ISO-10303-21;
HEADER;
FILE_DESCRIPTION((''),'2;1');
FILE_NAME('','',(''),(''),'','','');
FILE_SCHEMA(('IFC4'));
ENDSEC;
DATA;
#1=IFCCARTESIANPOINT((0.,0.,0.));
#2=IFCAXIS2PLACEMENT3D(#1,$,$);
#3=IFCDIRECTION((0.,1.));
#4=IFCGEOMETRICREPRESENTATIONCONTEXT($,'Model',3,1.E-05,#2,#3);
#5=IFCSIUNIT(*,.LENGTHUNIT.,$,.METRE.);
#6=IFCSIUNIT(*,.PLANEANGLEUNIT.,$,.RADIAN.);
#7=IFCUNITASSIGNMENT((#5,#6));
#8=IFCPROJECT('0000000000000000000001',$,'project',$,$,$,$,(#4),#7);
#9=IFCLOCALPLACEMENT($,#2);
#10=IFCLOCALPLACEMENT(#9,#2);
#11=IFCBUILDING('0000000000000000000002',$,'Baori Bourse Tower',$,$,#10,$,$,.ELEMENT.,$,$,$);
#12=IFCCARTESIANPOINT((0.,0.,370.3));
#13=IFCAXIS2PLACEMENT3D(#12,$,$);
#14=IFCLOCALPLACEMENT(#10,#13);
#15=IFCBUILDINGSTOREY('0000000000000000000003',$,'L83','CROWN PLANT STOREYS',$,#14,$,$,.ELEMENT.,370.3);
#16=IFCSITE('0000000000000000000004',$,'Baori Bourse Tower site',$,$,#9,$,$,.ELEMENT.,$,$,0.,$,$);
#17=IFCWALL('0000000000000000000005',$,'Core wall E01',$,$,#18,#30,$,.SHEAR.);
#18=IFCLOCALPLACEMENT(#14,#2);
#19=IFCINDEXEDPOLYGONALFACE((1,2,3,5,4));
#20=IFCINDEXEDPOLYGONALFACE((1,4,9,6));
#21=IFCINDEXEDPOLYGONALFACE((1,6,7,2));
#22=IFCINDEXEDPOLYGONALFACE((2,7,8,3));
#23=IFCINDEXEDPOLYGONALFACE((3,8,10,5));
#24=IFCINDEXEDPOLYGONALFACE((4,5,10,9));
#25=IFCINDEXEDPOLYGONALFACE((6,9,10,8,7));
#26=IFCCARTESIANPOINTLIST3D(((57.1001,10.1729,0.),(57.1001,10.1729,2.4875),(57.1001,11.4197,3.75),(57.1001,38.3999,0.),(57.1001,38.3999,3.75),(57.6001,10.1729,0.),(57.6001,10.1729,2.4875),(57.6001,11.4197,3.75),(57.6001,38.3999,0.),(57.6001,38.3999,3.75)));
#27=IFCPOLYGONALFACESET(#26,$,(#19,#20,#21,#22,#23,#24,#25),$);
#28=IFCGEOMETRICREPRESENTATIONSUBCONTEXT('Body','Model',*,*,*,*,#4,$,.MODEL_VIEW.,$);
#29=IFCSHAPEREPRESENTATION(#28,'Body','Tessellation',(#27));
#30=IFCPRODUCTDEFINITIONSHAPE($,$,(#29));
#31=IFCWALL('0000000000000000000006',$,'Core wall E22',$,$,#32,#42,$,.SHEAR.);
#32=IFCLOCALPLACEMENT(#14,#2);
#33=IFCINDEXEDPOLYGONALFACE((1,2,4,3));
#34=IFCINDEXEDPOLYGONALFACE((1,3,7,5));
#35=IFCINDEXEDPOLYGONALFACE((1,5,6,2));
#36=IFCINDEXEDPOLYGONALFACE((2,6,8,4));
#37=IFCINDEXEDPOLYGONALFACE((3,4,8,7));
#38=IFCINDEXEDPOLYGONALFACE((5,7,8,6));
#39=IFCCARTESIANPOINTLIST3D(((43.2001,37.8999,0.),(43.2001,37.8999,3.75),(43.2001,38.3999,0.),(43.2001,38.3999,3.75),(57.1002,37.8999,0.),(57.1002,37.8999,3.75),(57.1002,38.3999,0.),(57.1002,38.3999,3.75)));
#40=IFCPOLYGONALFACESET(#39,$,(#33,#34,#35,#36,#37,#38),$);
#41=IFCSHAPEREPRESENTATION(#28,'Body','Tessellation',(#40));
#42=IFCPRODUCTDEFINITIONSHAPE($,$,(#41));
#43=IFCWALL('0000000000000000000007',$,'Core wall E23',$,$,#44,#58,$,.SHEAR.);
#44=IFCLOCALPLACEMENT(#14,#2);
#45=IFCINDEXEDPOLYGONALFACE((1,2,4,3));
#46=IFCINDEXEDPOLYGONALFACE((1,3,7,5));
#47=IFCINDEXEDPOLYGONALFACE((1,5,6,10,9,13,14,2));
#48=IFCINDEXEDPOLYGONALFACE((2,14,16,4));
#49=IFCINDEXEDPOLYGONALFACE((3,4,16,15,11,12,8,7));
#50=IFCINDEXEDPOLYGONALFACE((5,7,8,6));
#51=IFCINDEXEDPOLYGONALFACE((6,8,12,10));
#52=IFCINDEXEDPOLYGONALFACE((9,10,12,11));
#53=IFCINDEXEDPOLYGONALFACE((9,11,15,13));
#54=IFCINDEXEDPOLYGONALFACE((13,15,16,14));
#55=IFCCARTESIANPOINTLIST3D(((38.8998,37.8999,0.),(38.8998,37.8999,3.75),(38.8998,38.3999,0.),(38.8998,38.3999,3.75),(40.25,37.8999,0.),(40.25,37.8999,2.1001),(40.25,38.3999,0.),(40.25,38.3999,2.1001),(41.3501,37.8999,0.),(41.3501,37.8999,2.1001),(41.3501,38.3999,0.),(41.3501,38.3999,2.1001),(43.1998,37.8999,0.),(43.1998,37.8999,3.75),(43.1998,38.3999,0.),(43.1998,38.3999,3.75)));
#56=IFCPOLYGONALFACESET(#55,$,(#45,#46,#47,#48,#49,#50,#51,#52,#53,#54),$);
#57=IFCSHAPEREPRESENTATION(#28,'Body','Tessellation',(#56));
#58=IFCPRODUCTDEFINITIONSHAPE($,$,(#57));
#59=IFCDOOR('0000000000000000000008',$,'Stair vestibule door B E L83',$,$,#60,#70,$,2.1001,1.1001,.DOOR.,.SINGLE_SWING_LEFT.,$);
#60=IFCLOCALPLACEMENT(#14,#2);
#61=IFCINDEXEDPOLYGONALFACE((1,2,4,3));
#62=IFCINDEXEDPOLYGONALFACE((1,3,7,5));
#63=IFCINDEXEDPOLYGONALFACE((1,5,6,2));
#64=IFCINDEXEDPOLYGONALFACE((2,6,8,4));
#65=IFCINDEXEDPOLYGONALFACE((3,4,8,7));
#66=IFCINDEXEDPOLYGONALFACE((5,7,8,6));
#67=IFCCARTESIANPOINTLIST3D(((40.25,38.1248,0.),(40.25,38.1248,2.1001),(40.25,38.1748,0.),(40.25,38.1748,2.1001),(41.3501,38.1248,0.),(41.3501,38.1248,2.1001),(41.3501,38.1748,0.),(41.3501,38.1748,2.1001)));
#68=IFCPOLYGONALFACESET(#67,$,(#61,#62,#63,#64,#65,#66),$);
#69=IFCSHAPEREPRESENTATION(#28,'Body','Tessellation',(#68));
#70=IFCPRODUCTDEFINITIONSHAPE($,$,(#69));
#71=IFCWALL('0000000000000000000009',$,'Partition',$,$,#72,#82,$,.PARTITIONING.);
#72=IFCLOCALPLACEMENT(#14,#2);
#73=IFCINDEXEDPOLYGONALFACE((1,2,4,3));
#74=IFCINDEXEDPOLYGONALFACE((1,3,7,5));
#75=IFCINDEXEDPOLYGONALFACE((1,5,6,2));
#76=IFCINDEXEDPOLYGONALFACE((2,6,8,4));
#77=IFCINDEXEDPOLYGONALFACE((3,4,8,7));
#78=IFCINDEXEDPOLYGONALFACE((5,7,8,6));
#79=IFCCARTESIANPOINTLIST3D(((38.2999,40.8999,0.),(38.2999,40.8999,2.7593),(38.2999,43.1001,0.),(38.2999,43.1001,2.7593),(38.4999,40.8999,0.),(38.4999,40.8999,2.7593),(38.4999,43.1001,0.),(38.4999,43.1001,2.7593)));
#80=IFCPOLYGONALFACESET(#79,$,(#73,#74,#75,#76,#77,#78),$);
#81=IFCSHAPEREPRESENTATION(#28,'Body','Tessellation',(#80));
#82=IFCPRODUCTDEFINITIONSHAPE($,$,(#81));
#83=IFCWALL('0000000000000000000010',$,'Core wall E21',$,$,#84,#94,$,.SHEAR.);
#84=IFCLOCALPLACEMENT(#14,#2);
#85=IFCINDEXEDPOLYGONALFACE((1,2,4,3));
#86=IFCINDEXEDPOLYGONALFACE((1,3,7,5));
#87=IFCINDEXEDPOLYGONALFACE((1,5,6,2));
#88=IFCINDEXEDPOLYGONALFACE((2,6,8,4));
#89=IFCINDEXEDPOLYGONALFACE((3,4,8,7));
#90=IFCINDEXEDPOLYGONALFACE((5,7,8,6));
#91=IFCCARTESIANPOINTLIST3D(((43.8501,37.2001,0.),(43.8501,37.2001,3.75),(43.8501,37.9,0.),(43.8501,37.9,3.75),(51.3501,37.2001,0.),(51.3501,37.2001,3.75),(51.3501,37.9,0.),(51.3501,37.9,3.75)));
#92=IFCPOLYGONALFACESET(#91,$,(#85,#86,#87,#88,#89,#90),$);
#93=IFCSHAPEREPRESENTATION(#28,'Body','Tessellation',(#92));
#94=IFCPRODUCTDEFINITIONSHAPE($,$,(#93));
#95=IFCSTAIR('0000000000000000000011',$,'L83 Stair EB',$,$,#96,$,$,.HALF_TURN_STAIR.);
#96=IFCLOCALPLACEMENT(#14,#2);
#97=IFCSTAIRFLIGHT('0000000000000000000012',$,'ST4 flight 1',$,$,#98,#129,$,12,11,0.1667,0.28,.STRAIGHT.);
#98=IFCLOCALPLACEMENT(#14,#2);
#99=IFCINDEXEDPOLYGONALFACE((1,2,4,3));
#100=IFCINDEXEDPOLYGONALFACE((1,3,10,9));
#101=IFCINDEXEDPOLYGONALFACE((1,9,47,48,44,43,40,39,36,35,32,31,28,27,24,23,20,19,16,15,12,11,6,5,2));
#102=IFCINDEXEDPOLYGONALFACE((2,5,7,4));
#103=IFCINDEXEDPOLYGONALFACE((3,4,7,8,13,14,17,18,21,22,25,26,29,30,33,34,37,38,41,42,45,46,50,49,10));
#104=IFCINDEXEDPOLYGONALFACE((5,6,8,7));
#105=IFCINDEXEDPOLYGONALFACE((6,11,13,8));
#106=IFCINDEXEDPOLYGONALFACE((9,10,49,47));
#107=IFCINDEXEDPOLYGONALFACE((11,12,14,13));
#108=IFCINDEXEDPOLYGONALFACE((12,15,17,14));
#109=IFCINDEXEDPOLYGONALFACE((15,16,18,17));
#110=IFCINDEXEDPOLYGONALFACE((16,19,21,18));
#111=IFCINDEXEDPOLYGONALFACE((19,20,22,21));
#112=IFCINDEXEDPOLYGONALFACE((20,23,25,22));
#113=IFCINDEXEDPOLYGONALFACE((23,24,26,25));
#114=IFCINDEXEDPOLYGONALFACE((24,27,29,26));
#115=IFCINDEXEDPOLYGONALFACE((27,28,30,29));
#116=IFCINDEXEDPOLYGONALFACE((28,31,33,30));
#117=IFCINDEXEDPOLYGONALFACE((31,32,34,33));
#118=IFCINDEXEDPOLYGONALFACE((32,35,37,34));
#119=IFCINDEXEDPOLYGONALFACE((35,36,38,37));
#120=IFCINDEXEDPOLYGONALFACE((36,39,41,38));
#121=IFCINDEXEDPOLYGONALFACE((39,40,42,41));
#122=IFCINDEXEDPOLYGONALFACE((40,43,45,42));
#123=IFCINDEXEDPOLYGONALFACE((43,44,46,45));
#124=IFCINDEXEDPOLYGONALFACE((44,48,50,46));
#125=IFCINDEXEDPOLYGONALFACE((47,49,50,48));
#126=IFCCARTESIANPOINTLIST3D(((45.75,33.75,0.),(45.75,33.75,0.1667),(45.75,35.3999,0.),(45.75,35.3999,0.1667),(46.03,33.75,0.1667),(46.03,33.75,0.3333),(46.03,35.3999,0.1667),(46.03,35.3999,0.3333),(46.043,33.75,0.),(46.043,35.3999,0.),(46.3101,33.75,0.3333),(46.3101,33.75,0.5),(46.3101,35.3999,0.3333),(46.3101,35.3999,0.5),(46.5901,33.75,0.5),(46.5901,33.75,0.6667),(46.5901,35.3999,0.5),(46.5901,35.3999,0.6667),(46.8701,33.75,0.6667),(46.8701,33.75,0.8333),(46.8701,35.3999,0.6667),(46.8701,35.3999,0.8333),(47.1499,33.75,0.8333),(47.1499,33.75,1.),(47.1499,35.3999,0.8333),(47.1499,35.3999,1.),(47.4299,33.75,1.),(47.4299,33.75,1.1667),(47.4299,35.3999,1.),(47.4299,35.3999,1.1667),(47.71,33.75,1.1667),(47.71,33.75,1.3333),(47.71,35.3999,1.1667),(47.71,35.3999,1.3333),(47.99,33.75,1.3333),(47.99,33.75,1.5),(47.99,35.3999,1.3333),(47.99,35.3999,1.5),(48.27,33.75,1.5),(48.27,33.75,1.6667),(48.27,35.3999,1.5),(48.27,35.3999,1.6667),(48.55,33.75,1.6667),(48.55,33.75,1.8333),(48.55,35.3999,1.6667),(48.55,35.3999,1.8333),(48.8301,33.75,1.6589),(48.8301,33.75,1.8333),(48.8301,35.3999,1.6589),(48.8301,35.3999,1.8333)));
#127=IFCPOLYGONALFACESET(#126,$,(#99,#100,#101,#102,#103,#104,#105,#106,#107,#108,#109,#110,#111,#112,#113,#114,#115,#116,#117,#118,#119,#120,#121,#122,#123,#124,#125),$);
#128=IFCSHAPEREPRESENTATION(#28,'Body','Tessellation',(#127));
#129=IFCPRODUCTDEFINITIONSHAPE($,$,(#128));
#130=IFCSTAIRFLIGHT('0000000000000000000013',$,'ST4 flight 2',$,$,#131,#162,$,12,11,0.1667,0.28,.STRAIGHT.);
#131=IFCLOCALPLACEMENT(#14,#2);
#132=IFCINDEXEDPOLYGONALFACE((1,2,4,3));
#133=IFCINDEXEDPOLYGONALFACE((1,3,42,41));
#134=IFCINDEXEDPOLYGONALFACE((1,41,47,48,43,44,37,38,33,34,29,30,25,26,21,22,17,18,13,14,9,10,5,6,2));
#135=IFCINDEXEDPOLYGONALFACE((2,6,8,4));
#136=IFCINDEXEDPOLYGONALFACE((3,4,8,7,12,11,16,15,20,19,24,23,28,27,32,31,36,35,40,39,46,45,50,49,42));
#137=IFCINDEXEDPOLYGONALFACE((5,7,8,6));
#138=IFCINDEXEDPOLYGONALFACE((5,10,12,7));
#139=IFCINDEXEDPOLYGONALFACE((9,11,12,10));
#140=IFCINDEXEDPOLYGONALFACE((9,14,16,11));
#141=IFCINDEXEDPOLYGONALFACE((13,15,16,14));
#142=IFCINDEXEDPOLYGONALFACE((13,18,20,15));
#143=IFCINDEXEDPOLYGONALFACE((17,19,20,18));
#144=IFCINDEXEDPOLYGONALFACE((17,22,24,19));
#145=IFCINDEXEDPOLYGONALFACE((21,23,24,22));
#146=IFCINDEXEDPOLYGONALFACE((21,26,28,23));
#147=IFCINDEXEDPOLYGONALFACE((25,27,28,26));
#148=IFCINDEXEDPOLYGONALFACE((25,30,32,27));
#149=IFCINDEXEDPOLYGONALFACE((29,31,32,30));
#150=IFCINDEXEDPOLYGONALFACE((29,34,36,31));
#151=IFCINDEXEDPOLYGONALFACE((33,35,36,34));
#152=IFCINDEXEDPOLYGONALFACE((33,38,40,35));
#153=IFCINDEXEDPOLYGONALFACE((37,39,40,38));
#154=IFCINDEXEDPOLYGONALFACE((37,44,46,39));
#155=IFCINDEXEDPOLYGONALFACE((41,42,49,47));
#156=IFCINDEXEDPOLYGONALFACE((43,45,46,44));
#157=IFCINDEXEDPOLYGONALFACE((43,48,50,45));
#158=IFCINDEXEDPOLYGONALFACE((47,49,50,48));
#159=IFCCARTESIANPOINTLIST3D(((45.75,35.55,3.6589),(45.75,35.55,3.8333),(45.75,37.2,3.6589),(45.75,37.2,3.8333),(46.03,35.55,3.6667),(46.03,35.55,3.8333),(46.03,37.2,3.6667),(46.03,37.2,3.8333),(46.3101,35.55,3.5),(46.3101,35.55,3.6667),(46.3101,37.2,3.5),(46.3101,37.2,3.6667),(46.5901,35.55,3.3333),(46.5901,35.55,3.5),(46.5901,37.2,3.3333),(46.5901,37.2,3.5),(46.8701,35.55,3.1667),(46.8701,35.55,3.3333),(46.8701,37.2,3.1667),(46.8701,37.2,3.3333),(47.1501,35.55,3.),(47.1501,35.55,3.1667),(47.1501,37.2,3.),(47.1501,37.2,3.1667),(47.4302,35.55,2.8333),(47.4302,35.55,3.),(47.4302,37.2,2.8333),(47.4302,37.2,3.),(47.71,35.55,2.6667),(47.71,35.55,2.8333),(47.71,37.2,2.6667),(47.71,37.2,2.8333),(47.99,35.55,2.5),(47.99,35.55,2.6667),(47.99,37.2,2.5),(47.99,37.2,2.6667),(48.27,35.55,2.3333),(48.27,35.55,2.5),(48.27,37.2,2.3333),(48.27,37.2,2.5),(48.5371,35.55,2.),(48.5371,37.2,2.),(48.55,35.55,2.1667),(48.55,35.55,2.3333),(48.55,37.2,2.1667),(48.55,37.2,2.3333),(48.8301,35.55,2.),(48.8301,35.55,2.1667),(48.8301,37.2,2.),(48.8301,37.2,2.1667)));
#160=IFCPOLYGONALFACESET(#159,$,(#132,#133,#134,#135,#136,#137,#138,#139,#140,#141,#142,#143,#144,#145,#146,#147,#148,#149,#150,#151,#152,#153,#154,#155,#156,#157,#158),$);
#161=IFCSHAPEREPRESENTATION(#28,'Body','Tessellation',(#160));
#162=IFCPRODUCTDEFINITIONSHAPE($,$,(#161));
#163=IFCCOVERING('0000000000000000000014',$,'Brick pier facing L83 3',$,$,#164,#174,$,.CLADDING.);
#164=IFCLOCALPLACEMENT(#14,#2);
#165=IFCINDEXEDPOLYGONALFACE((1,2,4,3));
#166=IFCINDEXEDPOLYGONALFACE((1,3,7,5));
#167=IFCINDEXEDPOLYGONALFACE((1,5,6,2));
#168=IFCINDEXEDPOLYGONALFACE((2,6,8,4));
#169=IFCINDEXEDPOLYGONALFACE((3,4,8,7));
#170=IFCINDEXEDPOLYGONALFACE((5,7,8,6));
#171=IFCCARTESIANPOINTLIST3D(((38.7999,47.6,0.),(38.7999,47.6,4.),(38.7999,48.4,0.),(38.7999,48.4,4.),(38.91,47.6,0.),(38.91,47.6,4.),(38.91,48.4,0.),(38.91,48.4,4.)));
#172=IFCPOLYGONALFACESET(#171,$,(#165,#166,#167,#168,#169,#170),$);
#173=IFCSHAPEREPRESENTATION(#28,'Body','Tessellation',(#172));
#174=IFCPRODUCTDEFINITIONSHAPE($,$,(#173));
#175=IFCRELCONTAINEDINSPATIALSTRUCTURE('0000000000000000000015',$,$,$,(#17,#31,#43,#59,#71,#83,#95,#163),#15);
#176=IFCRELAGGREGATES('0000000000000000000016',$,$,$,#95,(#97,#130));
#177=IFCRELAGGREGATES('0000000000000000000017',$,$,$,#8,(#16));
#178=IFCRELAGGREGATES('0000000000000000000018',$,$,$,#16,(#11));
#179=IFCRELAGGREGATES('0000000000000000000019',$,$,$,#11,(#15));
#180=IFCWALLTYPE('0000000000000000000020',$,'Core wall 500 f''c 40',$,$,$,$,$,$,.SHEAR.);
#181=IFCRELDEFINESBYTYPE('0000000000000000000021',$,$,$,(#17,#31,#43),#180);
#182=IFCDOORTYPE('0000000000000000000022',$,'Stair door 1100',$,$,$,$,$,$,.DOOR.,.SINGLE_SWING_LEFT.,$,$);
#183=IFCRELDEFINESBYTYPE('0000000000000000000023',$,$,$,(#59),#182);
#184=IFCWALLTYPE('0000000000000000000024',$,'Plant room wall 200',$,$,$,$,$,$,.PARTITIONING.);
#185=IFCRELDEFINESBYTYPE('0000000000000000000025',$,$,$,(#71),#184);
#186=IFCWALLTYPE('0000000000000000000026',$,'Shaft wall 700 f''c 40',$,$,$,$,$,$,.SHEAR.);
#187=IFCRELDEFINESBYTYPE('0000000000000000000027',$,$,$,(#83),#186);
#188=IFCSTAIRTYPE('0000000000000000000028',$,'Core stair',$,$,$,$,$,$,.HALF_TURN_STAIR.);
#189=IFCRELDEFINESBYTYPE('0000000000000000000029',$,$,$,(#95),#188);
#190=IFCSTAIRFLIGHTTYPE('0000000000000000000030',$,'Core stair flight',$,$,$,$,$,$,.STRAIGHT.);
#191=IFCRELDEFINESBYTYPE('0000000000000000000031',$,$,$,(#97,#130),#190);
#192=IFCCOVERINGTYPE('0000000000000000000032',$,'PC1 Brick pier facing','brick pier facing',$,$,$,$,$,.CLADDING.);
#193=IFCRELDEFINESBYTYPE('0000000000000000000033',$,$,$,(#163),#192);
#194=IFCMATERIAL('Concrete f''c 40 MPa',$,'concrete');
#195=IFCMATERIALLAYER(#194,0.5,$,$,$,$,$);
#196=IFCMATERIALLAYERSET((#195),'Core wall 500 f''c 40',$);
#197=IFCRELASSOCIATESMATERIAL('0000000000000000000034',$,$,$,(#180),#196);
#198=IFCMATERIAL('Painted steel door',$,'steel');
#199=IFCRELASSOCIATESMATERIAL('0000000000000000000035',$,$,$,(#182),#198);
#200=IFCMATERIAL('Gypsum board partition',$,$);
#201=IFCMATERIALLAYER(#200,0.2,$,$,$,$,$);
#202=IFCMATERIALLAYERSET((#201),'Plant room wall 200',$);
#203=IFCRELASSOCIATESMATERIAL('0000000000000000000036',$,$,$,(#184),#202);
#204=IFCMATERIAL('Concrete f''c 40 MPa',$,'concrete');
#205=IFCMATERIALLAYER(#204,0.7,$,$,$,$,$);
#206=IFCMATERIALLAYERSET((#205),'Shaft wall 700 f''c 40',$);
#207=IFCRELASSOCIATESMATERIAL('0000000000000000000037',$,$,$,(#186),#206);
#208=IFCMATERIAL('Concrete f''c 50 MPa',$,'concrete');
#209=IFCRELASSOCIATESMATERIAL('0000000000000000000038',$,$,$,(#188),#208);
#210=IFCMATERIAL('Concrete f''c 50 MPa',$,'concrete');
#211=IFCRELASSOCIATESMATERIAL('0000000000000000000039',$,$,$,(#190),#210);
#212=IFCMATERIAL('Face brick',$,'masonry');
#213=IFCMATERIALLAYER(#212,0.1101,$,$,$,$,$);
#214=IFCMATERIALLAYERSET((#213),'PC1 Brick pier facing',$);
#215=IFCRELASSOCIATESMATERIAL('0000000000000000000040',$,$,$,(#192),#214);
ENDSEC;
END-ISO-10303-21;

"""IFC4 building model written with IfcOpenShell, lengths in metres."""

from ifc_helpers import new_model, si_unit, direction, frame, frame_2d, origin, origin_2d, place, context, subcontext, project, spatial, polyline, rectangle, outline, extrude, material, layer, layer_set, type_object, element, fill, aggregate, save


model = new_model("IFC4")

# Units and contexts
model_context = context("Model", 3, precision=1e-05, world=origin(), true_north=direction((0.0, 1.0)))
body_context = subcontext(model_context, "Body", "Model", "MODEL_VIEW")
ifc_project = project(units=[si_unit("LENGTHUNIT", "METRE"), si_unit("PLANEANGLEUNIT", "RADIAN")], contexts=[model_context])

# Site, building, storey
site_placement = place(None, origin())
site = spatial("IfcSite", under=ifc_project, at=site_placement, Name="Baori Bourse Tower site", CompositionType="ELEMENT", RefElevation=0.0)
building_placement = place(site_placement, origin())
building = spatial("IfcBuilding", under=site, at=building_placement, Name="Baori Bourse Tower", CompositionType="ELEMENT")
storey_placement = place(building_placement, frame((0.0, 0.0, 370.3)))
storey = spatial("IfcBuildingStorey", under=building, at=storey_placement, Name="L83", Description="CROWN PLANT STOREYS", CompositionType="ELEMENT", Elevation=370.3)

# Walls
ifc_material_1 = material(Name="Concrete f'c 40 MPa", Category="concrete")
ifc_layer_1 = layer(ifc_material_1, 0.5)
ifc_layer_set_1 = layer_set([ifc_layer_1], Name="Core wall 500 f'c 40")
wall_type_1 = type_object("IfcWallType", Name="Core wall 500 f'c 40", PredefinedType="SHEAR", material=ifc_layer_set_1)
wall_1_placement = place(storey_placement, frame((57.3501, 38.3999, 0.0), z_axis=(0.0, 0.0, 1.0), x_axis=(0.0, -1.0, 0.0)))
element("IfcWall", 1, at=wall_1_placement, inside=storey, type_object=wall_type_1, Name="Core wall E01", PredefinedType="SHEAR", context=body_context, shape_type="SweptSolid", body=[
    extrude(outline(polyline([(0.0, 0.0), (28.2271, 0.0), (28.2271, 2.4875), (26.9802, 3.75), (0.0, 3.75), (0.0, 0.0)])), frame((0.0, 0.25, 0.0), z_axis=(0.0, -1.0, 0.0), x_axis=(1.0, 0.0, 0.0)), (0.0, 0.0, 1.0), 0.5),
])
wall_2_placement = place(storey_placement, frame((43.2, 38.1499, 0.0), z_axis=(0.0, 0.0, 1.0), x_axis=(1.0, 0.0, 0.0)))
element("IfcWall", 2, at=wall_2_placement, inside=storey, type_object=wall_type_1, Name="Core wall E22", PredefinedType="SHEAR", context=body_context, shape_type="SweptSolid", body=[
    extrude(rectangle(XDim=13.9001, YDim=0.5, at=frame_2d((6.9502, 0.0))), origin(), (0.0, 0.0, 1.0), 3.75),
])

# Wall, opening, door
wall_3_placement = place(storey_placement, frame((38.8999, 38.1499, 0.0), z_axis=(0.0, 0.0, 1.0), x_axis=(1.0, 0.0, 0.0)))
wall_3 = element("IfcWall", 3, at=wall_3_placement, inside=storey, type_object=wall_type_1, Name="Core wall E23", PredefinedType="SHEAR", context=body_context, shape_type="SweptSolid", body=[
    extrude(rectangle(XDim=4.3, YDim=0.5, at=frame_2d((2.1499, 0.0))), origin(), (0.0, 0.0, 1.0), 3.75),
])
opening_placement = place(wall_3_placement, frame((1.3501, 0.0, 0.0)))
opening = element("IfcOpeningElement", 4, at=opening_placement, cuts=wall_3, PredefinedType="OPENING", context=body_context, shape_type="SweptSolid", body=[
    extrude(rectangle(XDim=1.1001, YDim=2.1001, at=frame_2d((0.55, 1.05))), frame((0.0, 0.26, 0.0), z_axis=(0.0, -1.0, 0.0), x_axis=(1.0, 0.0, 0.0)), (0.0, 0.0, 1.0), 0.52),
])
ifc_material_2 = material(Name="Painted steel door", Category="steel")
door_type = type_object("IfcDoorType", Name="Stair door 1100", OperationType="SINGLE_SWING_LEFT", PredefinedType="DOOR", material=ifc_material_2)
door_placement = place(opening_placement, origin())
door = element("IfcDoor", 5, at=door_placement, inside=storey, type_object=door_type, Name="Stair vestibule door B E L83", OperationType="SINGLE_SWING_LEFT", OverallHeight=2.1001, OverallWidth=1.1001, PredefinedType="DOOR", context=body_context, shape_type="SweptSolid", body=[
    extrude(rectangle(XDim=1.1001, YDim=2.1001, at=frame_2d((0.55, 1.05))), frame((0.0, 0.0249, 0.0), z_axis=(0.0, -1.0, 0.0), x_axis=(1.0, 0.0, 0.0)), (0.0, 0.0, 1.0), 0.05),
])
fill(opening, door)

# Walls
ifc_material_3 = material(Name="Gypsum board partition")
ifc_layer_2 = layer(ifc_material_3, 0.2)
ifc_layer_set_2 = layer_set([ifc_layer_2], Name="Plant room wall 200")
wall_type_2 = type_object("IfcWallType", Name="Plant room wall 200", PredefinedType="PARTITIONING", material=ifc_layer_set_2)
wall_4_placement = place(storey_placement, frame((38.3999, 40.8999, 0.0), z_axis=(0.0, 0.0, 1.0), x_axis=(0.0, 1.0, 0.0)))
element("IfcWall", 6, at=wall_4_placement, inside=storey, type_object=wall_type_2, Name="Partition", PredefinedType="PARTITIONING", context=body_context, shape_type="SweptSolid", body=[
    extrude(rectangle(XDim=2.2002, YDim=0.2, at=frame_2d((1.1001, 0.0))), origin(), (0.0, 0.0, 1.0), 2.7593),
])
ifc_material_4 = material(Name="Concrete f'c 40 MPa", Category="concrete")
ifc_layer_3 = layer(ifc_material_4, 0.7)
ifc_layer_set_3 = layer_set([ifc_layer_3], Name="Shaft wall 700 f'c 40")
wall_type_3 = type_object("IfcWallType", Name="Shaft wall 700 f'c 40", PredefinedType="SHEAR", material=ifc_layer_set_3)
wall_5_placement = place(storey_placement, frame((43.8501, 37.55, 0.0), z_axis=(0.0, 0.0, 1.0), x_axis=(1.0, 0.0, 0.0)))
element("IfcWall", 7, at=wall_5_placement, inside=storey, type_object=wall_type_3, Name="Core wall E21", PredefinedType="SHEAR", context=body_context, shape_type="SweptSolid", body=[
    extrude(rectangle(XDim=7.5, YDim=0.7, at=frame_2d((3.75, 0.0))), origin(), (0.0, 0.0, 1.0), 3.75),
])

# Stair, stair flights
ifc_material_5 = material(Name="Concrete f'c 50 MPa", Category="concrete")
stair_type = type_object("IfcStairType", Name="Core stair", PredefinedType="HALF_TURN_STAIR", material=ifc_material_5)
stair_placement = place(storey_placement, origin())
stair = element("IfcStair", 8, at=stair_placement, inside=storey, type_object=stair_type, Name="L83 Stair EB", PredefinedType="HALF_TURN_STAIR")
ifc_material_6 = material(Name="Concrete f'c 50 MPa", Category="concrete")
stair_flight_type = type_object("IfcStairFlightType", Name="Core stair flight", PredefinedType="STRAIGHT", material=ifc_material_6)
stair_flight_1_placement = place(storey_placement, frame((45.75, 34.575, 0.0), z_axis=(0.0, 0.0, 1.0), x_axis=(1.0, 0.0, 0.0)))
stair_flight_1 = element("IfcStairFlight", 9, at=stair_flight_1_placement, type_object=stair_flight_type, Name="ST4 flight 1", NumberOfRisers=12, NumberOfTreads=11, PredefinedType="STRAIGHT", RiserHeight=0.1667, TreadLength=0.28, context=body_context, shape_type="SweptSolid", body=[
    extrude(outline(polyline([(0.0, 0.0), (0.0, 0.1667), (0.28, 0.1667), (0.28, 0.3333), (0.5601, 0.3333), (0.5601, 0.5), (0.8401, 0.5), (0.8401, 0.6667), (1.1201, 0.6667), (1.1201, 0.8333), (1.3999, 0.8333), (1.3999, 1.0), (1.6799, 1.0), (1.6799, 1.1667), (1.96, 1.1667), (1.96, 1.3333), (2.24, 1.3333), (2.24, 1.5), (2.52, 1.5), (2.52, 1.6667), (2.8, 1.6667), (2.8, 1.8333), (3.0801, 1.8333), (3.0801, 2.0), (3.0801, 1.6589), (0.293, 0.0), (0.0, 0.0)])), frame((0.0, 0.825, 0.0), z_axis=(0.0, -1.0, 0.0), x_axis=(1.0, 0.0, 0.0)), (0.0, 0.0, 1.0), 1.6499),
])
stair_flight_2_placement = place(storey_placement, frame((48.8301, 36.375, 2.0), z_axis=(0.0, 0.0, 1.0), x_axis=(-1.0, 0.0, 0.0)))
stair_flight_2 = element("IfcStairFlight", 10, at=stair_flight_2_placement, type_object=stair_flight_type, Name="ST4 flight 2", NumberOfRisers=12, NumberOfTreads=11, PredefinedType="STRAIGHT", RiserHeight=0.1667, TreadLength=0.28, context=body_context, shape_type="SweptSolid", body=[
    extrude(outline(polyline([(0.0, 0.0), (0.0, 0.1667), (0.28, 0.1667), (0.28, 0.3333), (0.5601, 0.3333), (0.5601, 0.5), (0.8401, 0.5), (0.8401, 0.6667), (1.1201, 0.6667), (1.1201, 0.8333), (1.3999, 0.8333), (1.3999, 1.0), (1.6799, 1.0), (1.6799, 1.1667), (1.96, 1.1667), (1.96, 1.3333), (2.24, 1.3333), (2.24, 1.5), (2.52, 1.5), (2.52, 1.6667), (2.8, 1.6667), (2.8, 1.8333), (3.0801, 1.8333), (3.0801, 2.0), (3.0801, 1.6589), (0.293, 0.0), (0.0, 0.0)])), frame((0.0, 0.825, 0.0), z_axis=(0.0, -1.0, 0.0), x_axis=(1.0, 0.0, 0.0)), (0.0, 0.0, 1.0), 1.6499),
])
aggregate(stair, [stair_flight_1, stair_flight_2])

# Covering
ifc_material_7 = material(Name="Face brick", Category="masonry")
ifc_layer_4 = layer(ifc_material_7, 0.1101)
ifc_layer_set_4 = layer_set([ifc_layer_4], Name="PC1 Brick pier facing")
covering_type = type_object("IfcCoveringType", Name="PC1 Brick pier facing", Description="brick pier facing", PredefinedType="CLADDING", material=ifc_layer_set_4)
covering_placement = place(storey_placement, frame((38.855, 48.0, 0.0), z_axis=(0.0, 0.0, 1.0), x_axis=(1.0, 0.0, 0.0)))
element("IfcCovering", 11, at=covering_placement, inside=storey, type_object=covering_type, Name="Brick pier facing L83 3", PredefinedType="CLADDING", context=body_context, shape_type="SweptSolid", body=[
    extrude(rectangle(XDim=0.1101, YDim=0.8, at=origin_2d()), origin(), (0.0, 0.0, 1.0), 4.0),
])

save(model, "model.ifc")
